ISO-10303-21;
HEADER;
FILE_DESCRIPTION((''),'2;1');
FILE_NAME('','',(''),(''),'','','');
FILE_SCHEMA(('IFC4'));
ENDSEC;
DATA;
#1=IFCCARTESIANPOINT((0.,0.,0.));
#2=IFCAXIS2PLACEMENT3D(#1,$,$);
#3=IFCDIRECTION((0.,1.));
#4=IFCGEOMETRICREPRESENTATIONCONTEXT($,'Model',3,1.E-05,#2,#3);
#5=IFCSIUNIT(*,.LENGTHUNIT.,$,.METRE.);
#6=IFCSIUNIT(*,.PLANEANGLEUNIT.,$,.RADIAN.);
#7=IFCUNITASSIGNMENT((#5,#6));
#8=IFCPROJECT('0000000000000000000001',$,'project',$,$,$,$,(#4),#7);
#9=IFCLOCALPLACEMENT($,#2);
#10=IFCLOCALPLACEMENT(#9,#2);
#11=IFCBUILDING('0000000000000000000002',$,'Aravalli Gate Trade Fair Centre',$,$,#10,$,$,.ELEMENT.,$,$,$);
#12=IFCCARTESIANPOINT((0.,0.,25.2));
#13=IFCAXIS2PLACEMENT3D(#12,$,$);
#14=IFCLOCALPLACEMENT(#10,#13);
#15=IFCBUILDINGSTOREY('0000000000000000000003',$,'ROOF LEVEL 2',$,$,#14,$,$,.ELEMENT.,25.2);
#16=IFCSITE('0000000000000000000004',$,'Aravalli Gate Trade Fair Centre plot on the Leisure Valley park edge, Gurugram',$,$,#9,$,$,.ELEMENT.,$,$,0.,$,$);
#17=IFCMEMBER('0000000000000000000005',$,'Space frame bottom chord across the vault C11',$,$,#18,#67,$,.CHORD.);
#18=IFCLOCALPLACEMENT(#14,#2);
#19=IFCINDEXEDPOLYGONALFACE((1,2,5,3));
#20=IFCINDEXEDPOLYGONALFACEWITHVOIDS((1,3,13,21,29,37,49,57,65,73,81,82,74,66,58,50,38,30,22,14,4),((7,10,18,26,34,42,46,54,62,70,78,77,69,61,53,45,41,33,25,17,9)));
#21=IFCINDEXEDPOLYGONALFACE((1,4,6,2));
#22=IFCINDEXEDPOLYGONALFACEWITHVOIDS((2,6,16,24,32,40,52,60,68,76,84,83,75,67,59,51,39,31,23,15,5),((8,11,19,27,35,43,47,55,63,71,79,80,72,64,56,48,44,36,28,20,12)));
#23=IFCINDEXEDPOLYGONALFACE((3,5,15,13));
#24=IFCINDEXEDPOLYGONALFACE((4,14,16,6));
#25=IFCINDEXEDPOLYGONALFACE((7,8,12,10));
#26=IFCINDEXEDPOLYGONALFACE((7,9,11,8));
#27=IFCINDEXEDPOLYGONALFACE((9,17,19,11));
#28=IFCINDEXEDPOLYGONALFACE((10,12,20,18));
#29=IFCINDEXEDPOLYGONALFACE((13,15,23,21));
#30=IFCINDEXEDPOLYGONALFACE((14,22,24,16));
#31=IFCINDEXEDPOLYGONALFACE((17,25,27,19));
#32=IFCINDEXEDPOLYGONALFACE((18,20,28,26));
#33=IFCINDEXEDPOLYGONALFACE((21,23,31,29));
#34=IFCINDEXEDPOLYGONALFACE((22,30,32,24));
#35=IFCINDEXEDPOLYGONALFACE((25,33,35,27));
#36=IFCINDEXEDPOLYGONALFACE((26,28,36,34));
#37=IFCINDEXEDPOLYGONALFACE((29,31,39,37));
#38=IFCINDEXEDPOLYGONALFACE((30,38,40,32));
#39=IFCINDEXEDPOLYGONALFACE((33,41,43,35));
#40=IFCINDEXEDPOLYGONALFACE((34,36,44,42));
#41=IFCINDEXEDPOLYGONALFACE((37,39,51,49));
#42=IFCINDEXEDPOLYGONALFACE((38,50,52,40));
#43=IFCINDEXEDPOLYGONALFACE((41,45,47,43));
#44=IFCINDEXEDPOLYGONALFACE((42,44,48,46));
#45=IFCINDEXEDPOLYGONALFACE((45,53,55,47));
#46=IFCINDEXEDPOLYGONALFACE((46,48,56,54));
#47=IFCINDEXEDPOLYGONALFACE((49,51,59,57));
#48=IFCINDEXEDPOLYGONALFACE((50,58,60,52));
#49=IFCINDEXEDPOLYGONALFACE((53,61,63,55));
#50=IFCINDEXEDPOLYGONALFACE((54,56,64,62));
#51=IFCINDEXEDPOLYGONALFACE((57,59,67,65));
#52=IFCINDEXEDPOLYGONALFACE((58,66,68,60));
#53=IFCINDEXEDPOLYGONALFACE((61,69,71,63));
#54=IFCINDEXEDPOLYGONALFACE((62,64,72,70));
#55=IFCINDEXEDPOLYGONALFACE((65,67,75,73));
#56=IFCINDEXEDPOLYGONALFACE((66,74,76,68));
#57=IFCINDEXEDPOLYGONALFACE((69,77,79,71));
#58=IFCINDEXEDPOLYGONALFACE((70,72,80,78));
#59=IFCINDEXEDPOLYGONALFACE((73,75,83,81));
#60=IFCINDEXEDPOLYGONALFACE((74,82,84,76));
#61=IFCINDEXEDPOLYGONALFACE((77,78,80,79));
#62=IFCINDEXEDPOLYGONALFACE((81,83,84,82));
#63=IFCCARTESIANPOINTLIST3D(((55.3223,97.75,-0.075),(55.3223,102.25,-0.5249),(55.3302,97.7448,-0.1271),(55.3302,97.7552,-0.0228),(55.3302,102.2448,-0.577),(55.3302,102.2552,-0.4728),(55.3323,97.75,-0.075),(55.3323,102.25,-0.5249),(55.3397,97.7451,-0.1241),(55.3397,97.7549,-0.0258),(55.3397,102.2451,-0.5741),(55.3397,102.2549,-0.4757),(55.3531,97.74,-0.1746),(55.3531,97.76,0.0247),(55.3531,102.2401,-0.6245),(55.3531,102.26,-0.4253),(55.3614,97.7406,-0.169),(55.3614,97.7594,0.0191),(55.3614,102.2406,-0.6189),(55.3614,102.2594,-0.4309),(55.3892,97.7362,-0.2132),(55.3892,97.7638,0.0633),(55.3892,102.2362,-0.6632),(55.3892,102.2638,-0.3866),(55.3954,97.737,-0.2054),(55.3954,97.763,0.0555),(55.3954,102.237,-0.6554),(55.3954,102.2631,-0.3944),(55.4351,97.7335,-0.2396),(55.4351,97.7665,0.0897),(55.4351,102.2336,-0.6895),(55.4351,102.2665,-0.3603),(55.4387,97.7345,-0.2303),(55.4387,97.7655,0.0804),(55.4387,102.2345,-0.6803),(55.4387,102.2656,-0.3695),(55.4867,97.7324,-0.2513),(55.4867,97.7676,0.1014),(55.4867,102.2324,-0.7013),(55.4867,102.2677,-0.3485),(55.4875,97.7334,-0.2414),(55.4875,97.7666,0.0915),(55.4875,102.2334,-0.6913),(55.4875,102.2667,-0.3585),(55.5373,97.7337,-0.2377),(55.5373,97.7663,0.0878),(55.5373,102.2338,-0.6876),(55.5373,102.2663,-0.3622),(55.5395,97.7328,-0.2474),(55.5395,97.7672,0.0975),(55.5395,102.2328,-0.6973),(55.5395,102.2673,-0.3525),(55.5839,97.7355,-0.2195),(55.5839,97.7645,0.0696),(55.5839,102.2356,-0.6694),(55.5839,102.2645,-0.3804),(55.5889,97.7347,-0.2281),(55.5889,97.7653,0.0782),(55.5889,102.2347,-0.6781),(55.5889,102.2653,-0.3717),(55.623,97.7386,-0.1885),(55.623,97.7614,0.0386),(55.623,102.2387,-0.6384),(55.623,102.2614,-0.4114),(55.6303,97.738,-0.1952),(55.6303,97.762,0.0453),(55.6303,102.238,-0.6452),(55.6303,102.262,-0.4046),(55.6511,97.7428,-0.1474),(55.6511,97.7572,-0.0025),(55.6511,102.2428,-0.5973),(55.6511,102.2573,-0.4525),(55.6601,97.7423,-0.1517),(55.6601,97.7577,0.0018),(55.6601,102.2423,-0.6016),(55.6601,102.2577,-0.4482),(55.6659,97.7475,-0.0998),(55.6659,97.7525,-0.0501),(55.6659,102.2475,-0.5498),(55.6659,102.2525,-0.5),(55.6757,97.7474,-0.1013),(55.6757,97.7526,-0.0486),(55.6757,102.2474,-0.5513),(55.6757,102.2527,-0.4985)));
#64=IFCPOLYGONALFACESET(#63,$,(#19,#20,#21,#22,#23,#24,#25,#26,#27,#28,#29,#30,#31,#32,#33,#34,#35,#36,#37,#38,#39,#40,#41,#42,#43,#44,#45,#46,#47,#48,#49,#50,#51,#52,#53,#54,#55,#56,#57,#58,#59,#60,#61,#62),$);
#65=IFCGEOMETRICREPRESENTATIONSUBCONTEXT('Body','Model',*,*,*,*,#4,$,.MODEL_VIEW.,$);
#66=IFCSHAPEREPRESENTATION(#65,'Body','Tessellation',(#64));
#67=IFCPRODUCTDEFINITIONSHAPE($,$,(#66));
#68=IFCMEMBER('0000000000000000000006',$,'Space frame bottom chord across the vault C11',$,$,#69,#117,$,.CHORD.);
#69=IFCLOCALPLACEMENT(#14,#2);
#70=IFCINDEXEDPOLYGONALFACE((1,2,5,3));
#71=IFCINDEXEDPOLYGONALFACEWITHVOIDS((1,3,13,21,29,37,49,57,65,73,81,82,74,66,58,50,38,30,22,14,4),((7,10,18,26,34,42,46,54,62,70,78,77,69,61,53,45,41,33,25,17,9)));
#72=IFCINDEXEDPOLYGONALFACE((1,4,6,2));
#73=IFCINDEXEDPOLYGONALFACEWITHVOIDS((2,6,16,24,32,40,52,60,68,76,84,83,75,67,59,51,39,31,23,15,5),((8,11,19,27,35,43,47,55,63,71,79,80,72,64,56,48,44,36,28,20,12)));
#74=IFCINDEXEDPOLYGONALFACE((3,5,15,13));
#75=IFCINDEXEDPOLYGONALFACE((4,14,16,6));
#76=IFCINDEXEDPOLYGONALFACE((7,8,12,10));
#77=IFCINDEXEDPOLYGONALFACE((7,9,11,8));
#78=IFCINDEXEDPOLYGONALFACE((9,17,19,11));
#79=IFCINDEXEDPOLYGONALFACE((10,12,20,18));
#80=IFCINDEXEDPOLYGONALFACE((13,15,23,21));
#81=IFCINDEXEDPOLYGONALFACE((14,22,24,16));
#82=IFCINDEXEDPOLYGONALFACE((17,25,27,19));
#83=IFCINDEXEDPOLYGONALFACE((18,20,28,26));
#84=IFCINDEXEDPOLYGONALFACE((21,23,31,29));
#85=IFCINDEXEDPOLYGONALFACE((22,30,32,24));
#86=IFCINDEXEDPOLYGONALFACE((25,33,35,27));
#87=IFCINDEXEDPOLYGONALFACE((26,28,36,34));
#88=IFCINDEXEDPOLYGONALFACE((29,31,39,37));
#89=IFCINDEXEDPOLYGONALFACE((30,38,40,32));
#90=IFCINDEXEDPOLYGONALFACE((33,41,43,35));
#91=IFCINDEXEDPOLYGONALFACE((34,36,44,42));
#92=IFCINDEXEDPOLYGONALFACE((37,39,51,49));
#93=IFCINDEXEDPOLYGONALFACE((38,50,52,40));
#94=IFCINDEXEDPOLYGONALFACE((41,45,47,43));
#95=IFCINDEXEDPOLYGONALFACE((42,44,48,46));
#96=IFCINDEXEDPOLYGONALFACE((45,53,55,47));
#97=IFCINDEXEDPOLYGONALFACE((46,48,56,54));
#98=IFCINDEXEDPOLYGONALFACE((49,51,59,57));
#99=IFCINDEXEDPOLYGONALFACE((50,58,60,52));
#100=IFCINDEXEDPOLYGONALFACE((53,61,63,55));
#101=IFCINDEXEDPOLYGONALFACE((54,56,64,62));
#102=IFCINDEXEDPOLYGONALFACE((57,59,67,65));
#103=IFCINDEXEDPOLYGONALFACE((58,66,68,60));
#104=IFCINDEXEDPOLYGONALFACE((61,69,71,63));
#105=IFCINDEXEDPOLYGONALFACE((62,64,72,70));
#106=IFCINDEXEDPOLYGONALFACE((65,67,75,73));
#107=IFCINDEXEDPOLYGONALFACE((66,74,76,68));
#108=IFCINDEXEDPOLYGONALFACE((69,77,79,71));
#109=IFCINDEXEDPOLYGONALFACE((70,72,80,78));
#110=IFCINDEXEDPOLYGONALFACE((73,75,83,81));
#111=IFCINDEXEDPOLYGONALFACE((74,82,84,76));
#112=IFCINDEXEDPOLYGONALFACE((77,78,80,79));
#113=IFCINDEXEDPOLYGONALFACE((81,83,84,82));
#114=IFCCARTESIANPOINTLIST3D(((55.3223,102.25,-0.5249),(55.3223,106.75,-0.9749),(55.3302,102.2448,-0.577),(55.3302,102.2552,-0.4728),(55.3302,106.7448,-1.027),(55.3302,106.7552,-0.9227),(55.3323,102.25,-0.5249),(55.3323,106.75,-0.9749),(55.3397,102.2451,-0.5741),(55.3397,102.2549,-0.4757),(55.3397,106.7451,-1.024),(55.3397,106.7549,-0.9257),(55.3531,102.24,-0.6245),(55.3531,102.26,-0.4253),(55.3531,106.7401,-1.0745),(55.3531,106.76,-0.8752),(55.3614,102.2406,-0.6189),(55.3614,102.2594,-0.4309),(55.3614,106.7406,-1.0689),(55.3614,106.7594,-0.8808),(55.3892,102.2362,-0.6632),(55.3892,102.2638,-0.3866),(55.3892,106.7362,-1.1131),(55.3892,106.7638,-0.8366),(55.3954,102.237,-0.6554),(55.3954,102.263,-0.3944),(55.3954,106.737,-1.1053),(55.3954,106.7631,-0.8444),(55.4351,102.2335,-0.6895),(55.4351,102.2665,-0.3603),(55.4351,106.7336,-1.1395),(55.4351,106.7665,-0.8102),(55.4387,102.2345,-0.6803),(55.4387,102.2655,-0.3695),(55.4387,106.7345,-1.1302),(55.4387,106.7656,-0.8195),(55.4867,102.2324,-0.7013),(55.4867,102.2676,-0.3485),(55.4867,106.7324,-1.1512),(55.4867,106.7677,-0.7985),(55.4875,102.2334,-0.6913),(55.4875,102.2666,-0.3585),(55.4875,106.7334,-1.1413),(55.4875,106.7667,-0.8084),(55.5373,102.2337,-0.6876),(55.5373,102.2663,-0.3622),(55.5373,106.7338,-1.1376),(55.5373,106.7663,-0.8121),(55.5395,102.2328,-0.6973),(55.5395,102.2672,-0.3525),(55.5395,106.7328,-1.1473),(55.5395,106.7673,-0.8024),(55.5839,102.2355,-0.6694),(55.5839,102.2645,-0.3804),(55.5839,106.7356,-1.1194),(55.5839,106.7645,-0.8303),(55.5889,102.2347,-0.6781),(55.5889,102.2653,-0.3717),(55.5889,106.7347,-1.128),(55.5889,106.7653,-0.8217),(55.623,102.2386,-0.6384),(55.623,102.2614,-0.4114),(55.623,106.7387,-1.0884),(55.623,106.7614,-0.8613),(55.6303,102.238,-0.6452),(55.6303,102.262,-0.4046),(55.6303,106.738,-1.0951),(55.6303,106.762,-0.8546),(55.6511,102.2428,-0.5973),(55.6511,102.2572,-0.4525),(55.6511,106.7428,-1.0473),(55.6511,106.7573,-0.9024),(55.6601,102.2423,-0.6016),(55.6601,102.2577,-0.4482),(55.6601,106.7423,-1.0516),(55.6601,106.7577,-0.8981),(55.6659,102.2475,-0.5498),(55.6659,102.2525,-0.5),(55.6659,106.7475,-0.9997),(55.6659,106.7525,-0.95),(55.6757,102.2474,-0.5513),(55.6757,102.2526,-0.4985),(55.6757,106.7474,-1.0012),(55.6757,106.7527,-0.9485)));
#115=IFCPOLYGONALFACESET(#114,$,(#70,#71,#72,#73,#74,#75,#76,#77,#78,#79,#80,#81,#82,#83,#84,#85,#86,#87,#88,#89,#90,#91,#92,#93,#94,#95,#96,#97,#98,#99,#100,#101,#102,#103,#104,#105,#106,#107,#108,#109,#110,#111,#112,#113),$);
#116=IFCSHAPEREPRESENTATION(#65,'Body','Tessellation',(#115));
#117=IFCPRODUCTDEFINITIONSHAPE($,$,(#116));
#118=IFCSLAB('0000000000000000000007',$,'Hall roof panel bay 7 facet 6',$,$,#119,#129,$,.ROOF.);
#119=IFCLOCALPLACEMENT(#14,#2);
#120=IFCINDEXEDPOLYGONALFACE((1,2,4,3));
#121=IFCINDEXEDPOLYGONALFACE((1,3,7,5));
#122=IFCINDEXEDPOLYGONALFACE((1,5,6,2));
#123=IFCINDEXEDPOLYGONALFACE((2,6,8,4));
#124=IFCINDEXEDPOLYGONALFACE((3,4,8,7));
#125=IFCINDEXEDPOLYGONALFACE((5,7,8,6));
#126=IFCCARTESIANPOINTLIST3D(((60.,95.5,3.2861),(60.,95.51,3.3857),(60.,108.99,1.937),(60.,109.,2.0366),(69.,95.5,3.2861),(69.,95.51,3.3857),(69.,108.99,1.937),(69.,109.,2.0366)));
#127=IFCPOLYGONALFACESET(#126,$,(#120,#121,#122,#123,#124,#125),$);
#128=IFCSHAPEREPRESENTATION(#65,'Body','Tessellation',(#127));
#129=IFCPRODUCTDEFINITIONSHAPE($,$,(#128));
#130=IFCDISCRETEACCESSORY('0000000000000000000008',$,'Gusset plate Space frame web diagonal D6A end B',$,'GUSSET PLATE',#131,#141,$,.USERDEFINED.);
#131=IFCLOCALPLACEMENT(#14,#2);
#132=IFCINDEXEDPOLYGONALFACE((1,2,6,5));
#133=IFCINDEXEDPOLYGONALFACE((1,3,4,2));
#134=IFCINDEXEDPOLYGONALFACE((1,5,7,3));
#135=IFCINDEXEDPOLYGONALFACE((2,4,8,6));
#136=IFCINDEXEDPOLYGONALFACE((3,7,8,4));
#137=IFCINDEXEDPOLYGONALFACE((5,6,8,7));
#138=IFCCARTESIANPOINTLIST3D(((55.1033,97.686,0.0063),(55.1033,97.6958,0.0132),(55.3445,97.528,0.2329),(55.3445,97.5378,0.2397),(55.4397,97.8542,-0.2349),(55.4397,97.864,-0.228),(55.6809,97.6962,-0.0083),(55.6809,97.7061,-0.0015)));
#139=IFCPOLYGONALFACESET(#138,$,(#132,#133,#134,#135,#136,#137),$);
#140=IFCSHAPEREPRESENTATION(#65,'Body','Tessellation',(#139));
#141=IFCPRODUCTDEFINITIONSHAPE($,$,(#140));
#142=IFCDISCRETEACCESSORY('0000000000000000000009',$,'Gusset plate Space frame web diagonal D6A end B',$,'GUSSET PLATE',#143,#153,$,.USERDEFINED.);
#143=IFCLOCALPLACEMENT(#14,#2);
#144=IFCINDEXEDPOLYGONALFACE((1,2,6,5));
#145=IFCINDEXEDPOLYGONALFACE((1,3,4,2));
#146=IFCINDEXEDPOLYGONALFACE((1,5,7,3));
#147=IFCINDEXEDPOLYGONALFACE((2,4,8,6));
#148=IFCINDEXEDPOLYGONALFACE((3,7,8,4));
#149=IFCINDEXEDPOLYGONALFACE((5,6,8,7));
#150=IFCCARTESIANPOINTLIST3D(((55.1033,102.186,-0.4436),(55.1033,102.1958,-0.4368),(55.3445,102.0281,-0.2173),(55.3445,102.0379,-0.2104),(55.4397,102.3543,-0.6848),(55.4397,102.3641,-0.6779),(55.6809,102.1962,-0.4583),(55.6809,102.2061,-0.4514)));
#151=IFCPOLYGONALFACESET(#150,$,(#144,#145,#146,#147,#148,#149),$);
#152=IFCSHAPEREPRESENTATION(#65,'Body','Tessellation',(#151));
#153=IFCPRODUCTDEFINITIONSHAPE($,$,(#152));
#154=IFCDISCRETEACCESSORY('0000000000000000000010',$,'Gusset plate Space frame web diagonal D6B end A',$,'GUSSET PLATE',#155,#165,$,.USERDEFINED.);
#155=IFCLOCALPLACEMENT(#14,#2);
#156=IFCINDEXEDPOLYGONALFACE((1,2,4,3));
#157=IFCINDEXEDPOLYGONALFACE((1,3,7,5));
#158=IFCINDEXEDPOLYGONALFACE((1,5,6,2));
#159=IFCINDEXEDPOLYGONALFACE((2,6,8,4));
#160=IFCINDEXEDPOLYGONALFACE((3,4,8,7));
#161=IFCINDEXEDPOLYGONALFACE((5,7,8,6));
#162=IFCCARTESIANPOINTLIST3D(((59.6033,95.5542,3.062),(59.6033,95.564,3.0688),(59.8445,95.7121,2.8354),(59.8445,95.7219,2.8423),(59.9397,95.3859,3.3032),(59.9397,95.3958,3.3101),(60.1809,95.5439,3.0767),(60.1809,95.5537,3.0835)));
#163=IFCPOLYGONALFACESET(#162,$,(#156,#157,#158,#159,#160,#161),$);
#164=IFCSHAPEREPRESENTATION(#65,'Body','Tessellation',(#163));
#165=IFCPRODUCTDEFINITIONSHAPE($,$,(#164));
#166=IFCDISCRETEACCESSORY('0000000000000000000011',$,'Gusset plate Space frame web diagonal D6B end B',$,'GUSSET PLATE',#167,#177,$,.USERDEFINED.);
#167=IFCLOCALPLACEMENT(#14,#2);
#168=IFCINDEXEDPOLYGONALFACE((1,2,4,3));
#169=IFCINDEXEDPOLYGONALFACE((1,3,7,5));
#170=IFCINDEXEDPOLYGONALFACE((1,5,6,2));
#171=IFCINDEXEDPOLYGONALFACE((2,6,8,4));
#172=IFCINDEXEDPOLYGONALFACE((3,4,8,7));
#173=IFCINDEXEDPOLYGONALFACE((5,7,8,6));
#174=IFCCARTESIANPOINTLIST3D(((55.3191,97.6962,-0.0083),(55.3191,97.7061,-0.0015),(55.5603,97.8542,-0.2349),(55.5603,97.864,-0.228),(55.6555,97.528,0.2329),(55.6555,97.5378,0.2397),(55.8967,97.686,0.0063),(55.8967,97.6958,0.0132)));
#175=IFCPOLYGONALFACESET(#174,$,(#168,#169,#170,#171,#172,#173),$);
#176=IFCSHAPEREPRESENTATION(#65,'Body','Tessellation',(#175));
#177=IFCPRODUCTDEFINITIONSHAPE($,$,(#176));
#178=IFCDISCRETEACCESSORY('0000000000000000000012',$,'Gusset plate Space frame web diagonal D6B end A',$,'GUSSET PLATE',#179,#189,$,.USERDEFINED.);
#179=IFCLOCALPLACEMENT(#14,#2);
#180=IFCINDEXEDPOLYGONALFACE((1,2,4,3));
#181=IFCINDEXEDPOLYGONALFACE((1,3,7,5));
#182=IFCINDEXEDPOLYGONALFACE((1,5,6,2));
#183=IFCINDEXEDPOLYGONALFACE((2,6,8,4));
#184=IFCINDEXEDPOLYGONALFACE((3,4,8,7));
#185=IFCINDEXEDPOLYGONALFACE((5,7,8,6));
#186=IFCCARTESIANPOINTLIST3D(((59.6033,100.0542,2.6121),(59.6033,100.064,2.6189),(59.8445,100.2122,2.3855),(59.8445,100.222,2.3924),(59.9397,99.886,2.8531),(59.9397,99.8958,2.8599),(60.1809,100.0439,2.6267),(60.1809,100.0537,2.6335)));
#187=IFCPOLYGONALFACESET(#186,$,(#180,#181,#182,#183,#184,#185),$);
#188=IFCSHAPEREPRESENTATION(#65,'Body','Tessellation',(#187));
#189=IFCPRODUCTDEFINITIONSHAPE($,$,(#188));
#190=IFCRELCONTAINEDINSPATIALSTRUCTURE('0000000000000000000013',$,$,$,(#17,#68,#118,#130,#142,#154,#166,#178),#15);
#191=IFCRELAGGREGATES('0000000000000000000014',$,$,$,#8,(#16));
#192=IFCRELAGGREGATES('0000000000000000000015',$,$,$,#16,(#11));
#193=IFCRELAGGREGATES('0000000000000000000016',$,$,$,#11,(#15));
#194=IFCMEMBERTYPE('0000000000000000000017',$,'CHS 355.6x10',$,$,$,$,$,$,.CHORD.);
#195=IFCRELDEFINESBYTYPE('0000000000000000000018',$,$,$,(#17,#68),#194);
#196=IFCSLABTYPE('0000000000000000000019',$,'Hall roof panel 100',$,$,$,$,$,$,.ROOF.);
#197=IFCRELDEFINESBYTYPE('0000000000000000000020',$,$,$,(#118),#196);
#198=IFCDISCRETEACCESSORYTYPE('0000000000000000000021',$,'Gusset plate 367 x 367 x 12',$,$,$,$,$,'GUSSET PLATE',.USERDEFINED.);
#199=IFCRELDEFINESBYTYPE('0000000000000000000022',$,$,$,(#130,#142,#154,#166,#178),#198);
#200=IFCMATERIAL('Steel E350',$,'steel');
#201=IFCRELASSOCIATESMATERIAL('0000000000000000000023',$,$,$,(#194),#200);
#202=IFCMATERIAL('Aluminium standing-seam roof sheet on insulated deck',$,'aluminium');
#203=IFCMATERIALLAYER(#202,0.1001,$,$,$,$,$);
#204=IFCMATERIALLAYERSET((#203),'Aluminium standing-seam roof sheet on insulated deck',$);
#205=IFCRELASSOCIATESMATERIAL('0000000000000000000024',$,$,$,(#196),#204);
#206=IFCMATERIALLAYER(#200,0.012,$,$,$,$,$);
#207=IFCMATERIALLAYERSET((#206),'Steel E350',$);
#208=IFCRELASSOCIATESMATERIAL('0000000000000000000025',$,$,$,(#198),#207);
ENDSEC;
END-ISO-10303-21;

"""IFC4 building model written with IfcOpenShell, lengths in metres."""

from ifc_helpers import new_model, si_unit, direction, frame, origin, origin_2d, place, context, subcontext, project, spatial, polyline, hollow_circle, outline, extrude, material, layer, layer_set, material_profile, profile_set, type_object, element, save


model = new_model("IFC4")

# Units and contexts
model_context = context("Model", 3, precision=1e-05, world=origin(), true_north=direction((0.0, 1.0)))
body_context = subcontext(model_context, "Body", "Model", "MODEL_VIEW")
ifc_project = project(units=[si_unit("LENGTHUNIT", "METRE"), si_unit("PLANEANGLEUNIT", "RADIAN")], contexts=[model_context])

# Site, building, storey
site_placement = place(None, origin())
site = spatial("IfcSite", under=ifc_project, at=site_placement, Name="Aravalli Gate Trade Fair Centre plot on the Leisure Valley park edge, Gurugram", CompositionType="ELEMENT", RefElevation=0.0)
building_placement = place(site_placement, origin())
building = spatial("IfcBuilding", under=site, at=building_placement, Name="Aravalli Gate Trade Fair Centre", CompositionType="ELEMENT")
storey_placement = place(building_placement, frame((0.0, 0.0, 25.2)))
storey = spatial("IfcBuildingStorey", under=building, at=storey_placement, Name="ROOF LEVEL 2", CompositionType="ELEMENT", Elevation=25.2)

# Members
ifc_material_1 = material(Name="Steel E350", Category="steel")
ifc_material_profile_1 = material_profile(ifc_material_1, hollow_circle(Radius=0.1777, WallThickness=0.01, at=origin_2d()), Name="CHS 355.6x10")
ifc_profile_set_1 = profile_set([ifc_material_profile_1], Name="Steel E350")
member_type_1 = type_object("IfcMemberType", Name="CHS 355.6x10", PredefinedType="CHORD", material=ifc_profile_set_1)
for number, where, z_axis, x_axis, name in (
    (1, (55.5, 97.75, -0.075), (0.0, 0.995038, -0.099493), (-1.0, 0.0, 0.0), "Space frame bottom chord across the vault C11"),
    (2, (55.5, 102.25, -0.5249), (0.0, 0.995038, -0.099493), (-1.0, 0.0, 0.0), "Space frame bottom chord across the vault C11"),
):
    element("IfcMember", number, at=place(storey_placement, frame(where, z_axis=z_axis, x_axis=x_axis)), inside=storey, type_object=member_type_1, Name=name, PredefinedType="CHORD", context=body_context, shape_type="SweptSolid", body=[
        extrude(hollow_circle(Radius=0.1777, WallThickness=0.01, at=origin_2d()), origin(), (0.0, 0.0, 1.0), 4.5225),
    ])

# Slab
ifc_material_2 = material(Name="Aluminium standing-seam roof sheet on insulated deck", Category="aluminium")
ifc_layer_1 = layer(ifc_material_2, 0.1001)
ifc_layer_set_1 = layer_set([ifc_layer_1], Name="Aluminium standing-seam roof sheet on insulated deck")
slab_type = type_object("IfcSlabType", Name="Hall roof panel 100", PredefinedType="ROOF", material=ifc_layer_set_1)
slab_placement = place(storey_placement, frame((60.0, 95.51, 3.3857), z_axis=(0.0, 0.099513, 0.995036), x_axis=(1.0, 0.0, 0.0)))
element("IfcSlab", 3, at=slab_placement, inside=storey, type_object=slab_type, Name="Hall roof panel bay 7 facet 6", PredefinedType="ROOF", context=body_context, shape_type="SweptSolid", body=[
    extrude(outline(polyline([(0.0, 0.0), (9.0, 0.0), (9.0, 13.5573), (0.0, 13.5573), (0.0, 0.0)])), origin(), (0.0, 0.0, -1.0), 0.1001),
])

# Discrete accessories
ifc_layer_2 = layer(ifc_material_1, 0.012)
ifc_layer_set_2 = layer_set([ifc_layer_2], Name="Steel E350")
discrete_accessory_type = type_object("IfcDiscreteAccessoryType", Name="Gusset plate 367 x 367 x 12", ElementType="GUSSET PLATE", PredefinedType="USERDEFINED", material=ifc_layer_set_2)
discrete_accessory_1_placement = place(storey_placement, frame((55.1033, 97.6958, 0.0132), z_axis=(-0.000057, 0.820282, 0.57196), x_axis=(0.75291, 0.376455, -0.539822)))
element("IfcDiscreteAccessory", 4, at=discrete_accessory_1_placement, inside=storey, type_object=discrete_accessory_type, Name="Gusset plate Space frame web diagonal D6A end B", ObjectType="GUSSET PLATE", PredefinedType="USERDEFINED", context=body_context, shape_type="SweptSolid", body=[
    extrude(outline(polyline([(0.0, 0.0), (0.4468, 0.0), (0.4467, -0.3667), (-0.0002, -0.3667), (0.0, 0.0)])), origin(), (0.0, 0.0, -1.0), 0.012),
])
discrete_accessory_2_placement = place(storey_placement, frame((55.1033, 102.1958, -0.4368), z_axis=(-0.000049, 0.820141, 0.572161), x_axis=(0.75291, 0.376583, -0.539733)))
element("IfcDiscreteAccessory", 5, at=discrete_accessory_2_placement, inside=storey, type_object=discrete_accessory_type, Name="Gusset plate Space frame web diagonal D6A end B", ObjectType="GUSSET PLATE", PredefinedType="USERDEFINED", context=body_context, shape_type="SweptSolid", body=[
    extrude(outline(polyline([(0.0, 0.0), (0.4468, 0.0), (0.4467, -0.3667), (0.0, -0.3665), (0.0, 0.0)])), origin(), (0.0, 0.0, -1.0), 0.012),
])
discrete_accessory_3_placement = place(storey_placement, frame((59.6033, 95.564, 3.0688), z_axis=(0.000057, 0.820282, 0.57196), x_axis=(0.75291, -0.376455, 0.539822)))
element("IfcDiscreteAccessory", 6, at=discrete_accessory_3_placement, inside=storey, type_object=discrete_accessory_type, Name="Gusset plate Space frame web diagonal D6B end A", ObjectType="GUSSET PLATE", PredefinedType="USERDEFINED", context=body_context, shape_type="SweptSolid", body=[
    extrude(outline(polyline([(0.0, 0.0), (0.4468, 0.0), (0.4467, 0.3667), (-0.0002, 0.3667), (0.0, 0.0)])), origin(), (0.0, 0.0, -1.0), 0.012),
])
discrete_accessory_4_placement = place(storey_placement, frame((55.6555, 97.5378, 0.2397), z_axis=(0.000057, 0.820282, 0.57196), x_axis=(-0.75291, 0.376455, -0.539822)))
element("IfcDiscreteAccessory", 7, at=discrete_accessory_4_placement, inside=storey, type_object=discrete_accessory_type, Name="Gusset plate Space frame web diagonal D6B end B", ObjectType="GUSSET PLATE", PredefinedType="USERDEFINED", context=body_context, shape_type="SweptSolid", body=[
    extrude(outline(polyline([(0.0, 0.0), (0.4468, 0.0), (0.447, -0.3667), (0.0002, -0.3667), (0.0, 0.0)])), origin(), (0.0, 0.0, -1.0), 0.012),
])
discrete_accessory_5_placement = place(storey_placement, frame((59.6033, 100.064, 2.6189), z_axis=(0.000049, 0.820141, 0.572161), x_axis=(0.753132, -0.376438, 0.539524)))
element("IfcDiscreteAccessory", 8, at=discrete_accessory_5_placement, inside=storey, type_object=discrete_accessory_type, Name="Gusset plate Space frame web diagonal D6B end A", ObjectType="GUSSET PLATE", PredefinedType="USERDEFINED", context=body_context, shape_type="SweptSolid", body=[
    extrude(outline(polyline([(0.0, 0.0), (0.4467, 0.0), (0.4468, 0.3665), (0.0, 0.3667), (0.0, 0.0)])), origin(), (0.0, 0.0, -1.0), 0.012),
])

save(model, "model.ifc")
